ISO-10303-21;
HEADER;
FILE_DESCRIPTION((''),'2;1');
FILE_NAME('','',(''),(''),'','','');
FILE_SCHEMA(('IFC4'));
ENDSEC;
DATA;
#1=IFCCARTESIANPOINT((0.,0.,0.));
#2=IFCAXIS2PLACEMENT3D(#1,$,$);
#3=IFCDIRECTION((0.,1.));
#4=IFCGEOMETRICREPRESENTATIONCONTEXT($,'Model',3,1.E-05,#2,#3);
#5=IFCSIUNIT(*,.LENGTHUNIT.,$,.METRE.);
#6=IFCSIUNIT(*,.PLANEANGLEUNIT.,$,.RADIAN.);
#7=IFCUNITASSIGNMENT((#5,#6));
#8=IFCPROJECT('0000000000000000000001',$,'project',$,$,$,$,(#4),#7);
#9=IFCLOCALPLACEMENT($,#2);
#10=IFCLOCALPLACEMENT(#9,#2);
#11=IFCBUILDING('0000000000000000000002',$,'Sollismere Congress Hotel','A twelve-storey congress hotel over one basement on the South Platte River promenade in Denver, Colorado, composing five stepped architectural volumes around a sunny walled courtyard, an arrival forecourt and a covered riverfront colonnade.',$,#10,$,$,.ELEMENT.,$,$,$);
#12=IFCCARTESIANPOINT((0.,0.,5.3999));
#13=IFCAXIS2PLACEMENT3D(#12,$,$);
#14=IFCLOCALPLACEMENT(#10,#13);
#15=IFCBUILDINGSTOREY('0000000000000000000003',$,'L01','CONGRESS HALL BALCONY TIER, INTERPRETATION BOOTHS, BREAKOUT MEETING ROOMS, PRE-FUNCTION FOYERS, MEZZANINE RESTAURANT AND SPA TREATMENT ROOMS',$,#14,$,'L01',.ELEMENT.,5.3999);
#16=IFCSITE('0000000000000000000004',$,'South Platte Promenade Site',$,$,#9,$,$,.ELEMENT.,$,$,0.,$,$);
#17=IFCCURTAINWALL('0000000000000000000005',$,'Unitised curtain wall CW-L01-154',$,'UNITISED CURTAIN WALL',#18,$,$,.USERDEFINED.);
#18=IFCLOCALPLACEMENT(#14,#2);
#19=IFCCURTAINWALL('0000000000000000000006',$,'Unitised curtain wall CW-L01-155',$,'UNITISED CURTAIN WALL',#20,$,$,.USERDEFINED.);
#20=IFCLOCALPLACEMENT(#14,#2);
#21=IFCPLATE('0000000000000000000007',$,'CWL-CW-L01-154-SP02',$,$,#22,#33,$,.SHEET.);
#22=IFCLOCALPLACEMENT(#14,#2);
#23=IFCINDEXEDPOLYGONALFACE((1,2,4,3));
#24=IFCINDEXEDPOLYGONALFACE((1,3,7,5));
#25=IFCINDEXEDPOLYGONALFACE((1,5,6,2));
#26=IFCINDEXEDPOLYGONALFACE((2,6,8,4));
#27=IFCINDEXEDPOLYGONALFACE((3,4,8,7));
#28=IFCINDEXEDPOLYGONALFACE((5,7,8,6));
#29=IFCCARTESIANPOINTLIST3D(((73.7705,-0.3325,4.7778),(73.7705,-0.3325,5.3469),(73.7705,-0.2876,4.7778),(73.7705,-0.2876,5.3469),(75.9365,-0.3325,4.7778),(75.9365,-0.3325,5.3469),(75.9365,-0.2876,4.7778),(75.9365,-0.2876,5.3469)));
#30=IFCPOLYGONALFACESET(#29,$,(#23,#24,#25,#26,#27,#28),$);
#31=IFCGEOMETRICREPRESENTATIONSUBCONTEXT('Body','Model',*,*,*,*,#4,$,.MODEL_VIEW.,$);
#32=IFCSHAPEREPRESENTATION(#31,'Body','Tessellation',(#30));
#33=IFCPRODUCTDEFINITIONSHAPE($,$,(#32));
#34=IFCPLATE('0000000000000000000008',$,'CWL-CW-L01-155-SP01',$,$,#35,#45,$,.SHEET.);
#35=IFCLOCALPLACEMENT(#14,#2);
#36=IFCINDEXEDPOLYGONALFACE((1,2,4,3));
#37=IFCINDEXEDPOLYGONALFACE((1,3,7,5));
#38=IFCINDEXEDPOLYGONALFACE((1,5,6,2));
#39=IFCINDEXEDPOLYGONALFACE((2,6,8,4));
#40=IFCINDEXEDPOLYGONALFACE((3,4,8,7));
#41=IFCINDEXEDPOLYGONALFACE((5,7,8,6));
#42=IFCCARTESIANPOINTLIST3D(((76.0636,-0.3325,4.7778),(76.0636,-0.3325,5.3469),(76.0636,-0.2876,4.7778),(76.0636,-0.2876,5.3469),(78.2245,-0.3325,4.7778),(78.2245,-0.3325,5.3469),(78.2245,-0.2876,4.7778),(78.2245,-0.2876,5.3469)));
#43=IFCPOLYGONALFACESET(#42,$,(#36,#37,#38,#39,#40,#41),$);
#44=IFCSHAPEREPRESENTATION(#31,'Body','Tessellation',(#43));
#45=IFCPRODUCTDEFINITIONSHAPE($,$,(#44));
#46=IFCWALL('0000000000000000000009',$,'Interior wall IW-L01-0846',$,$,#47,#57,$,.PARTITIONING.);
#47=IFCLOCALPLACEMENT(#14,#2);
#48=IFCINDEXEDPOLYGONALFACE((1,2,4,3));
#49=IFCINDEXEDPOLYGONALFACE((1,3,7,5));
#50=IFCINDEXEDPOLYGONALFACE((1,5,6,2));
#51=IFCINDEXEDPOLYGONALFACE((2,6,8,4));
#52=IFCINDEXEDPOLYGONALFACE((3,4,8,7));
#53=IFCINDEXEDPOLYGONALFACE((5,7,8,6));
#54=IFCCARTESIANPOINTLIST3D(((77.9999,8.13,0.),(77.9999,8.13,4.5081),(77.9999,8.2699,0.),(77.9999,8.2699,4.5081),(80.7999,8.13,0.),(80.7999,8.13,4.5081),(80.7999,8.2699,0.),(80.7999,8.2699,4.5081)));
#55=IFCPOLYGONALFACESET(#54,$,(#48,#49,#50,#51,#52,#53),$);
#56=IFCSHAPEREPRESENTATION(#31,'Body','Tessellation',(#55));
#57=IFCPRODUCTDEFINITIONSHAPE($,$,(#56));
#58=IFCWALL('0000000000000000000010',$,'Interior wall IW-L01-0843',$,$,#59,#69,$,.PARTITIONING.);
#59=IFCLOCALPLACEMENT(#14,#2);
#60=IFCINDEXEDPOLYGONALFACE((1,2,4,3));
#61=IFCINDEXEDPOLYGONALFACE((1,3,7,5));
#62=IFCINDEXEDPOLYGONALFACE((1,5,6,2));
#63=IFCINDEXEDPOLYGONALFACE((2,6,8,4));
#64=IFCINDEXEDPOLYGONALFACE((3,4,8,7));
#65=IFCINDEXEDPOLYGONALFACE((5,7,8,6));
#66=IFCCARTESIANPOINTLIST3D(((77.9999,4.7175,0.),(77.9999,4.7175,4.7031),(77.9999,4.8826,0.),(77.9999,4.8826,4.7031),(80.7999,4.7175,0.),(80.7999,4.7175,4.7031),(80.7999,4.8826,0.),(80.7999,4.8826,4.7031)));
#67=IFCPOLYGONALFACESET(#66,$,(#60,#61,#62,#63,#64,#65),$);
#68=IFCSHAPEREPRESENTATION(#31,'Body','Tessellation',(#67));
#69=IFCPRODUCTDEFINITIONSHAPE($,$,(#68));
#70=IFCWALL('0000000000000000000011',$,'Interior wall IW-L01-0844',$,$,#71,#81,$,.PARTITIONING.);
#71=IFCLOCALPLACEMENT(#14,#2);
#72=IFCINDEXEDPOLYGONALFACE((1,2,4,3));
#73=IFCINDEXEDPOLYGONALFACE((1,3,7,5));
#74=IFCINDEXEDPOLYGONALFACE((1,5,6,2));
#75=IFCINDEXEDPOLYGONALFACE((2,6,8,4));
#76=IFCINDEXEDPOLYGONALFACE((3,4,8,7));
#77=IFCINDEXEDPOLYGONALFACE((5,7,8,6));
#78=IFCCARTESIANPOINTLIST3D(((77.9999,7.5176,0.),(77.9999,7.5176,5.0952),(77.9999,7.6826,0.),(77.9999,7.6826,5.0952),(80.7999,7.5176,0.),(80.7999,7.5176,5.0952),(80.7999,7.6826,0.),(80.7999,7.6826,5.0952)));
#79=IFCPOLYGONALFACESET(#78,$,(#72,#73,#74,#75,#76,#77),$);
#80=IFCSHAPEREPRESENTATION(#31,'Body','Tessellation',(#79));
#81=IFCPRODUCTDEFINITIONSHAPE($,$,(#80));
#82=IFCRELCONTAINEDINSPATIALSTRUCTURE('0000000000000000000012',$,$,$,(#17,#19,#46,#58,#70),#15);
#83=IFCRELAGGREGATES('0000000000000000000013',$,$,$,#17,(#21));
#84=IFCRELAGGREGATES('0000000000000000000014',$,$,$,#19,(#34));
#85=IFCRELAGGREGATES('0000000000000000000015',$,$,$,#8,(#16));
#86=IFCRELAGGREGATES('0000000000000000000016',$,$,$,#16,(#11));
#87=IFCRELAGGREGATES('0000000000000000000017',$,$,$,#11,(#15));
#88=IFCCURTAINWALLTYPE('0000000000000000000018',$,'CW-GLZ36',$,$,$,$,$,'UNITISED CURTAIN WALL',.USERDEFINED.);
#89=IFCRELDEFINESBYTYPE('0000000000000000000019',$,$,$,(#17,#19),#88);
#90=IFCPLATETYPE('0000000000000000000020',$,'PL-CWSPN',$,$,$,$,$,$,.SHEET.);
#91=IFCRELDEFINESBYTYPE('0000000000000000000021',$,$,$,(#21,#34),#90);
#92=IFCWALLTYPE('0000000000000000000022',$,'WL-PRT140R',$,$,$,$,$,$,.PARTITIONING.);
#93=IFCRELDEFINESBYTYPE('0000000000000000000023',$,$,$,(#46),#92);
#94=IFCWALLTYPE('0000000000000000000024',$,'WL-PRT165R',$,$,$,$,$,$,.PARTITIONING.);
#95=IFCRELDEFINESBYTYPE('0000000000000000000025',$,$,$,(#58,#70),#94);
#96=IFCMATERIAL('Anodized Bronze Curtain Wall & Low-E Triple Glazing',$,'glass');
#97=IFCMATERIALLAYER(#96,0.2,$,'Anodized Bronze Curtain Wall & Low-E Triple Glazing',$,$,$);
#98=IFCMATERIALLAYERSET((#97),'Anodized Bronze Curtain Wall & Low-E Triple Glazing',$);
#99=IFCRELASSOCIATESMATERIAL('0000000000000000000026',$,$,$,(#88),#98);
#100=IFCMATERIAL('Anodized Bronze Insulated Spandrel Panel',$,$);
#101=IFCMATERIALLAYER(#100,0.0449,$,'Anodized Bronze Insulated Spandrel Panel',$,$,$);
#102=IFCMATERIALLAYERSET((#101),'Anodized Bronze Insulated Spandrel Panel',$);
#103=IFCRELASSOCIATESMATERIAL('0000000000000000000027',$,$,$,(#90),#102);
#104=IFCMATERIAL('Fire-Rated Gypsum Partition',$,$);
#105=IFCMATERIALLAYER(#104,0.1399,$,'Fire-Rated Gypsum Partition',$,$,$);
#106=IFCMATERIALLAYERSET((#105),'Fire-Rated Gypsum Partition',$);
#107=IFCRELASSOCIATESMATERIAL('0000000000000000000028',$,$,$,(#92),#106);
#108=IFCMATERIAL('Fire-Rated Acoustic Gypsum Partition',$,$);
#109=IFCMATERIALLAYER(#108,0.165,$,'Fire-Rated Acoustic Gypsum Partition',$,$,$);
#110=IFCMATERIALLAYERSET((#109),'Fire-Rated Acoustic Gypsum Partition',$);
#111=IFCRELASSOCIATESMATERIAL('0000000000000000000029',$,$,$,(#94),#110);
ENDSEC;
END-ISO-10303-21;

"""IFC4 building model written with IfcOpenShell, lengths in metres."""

from ifc_helpers import new_model, si_unit, direction, frame, frame_2d, origin, origin_2d, place, context, subcontext, project, spatial, rectangle, extrude, material, layer, layer_set, type_object, element, aggregate, save


model = new_model("IFC4")

# Units and contexts
model_context = context("Model", 3, precision=1e-05, world=origin(), true_north=direction((0.0, 1.0)))
body_context = subcontext(model_context, "Body", "Model", "MODEL_VIEW")
ifc_project = project(units=[si_unit("LENGTHUNIT", "METRE"), si_unit("PLANEANGLEUNIT", "RADIAN")], contexts=[model_context])

# Site, building, storey
site_placement = place(None, origin())
site = spatial("IfcSite", under=ifc_project, at=site_placement, Name="South Platte Promenade Site", CompositionType="ELEMENT", RefElevation=0.0)
building_placement = place(site_placement, origin())
building = spatial("IfcBuilding", under=site, at=building_placement, Name="Sollismere Congress Hotel", Description="A twelve-storey congress hotel over one basement on the South Platte River promenade in Denver, Colorado, composing five stepped architectural volumes around a sunny walled courtyard, an arrival forecourt and a covered riverfront colonnade.", CompositionType="ELEMENT")
storey_placement = place(building_placement, frame((0.0, 0.0, 5.3999)))
storey = spatial("IfcBuildingStorey", under=building, at=storey_placement, Name="L01", Description="CONGRESS HALL BALCONY TIER, INTERPRETATION BOOTHS, BREAKOUT MEETING ROOMS, PRE-FUNCTION FOYERS, MEZZANINE RESTAURANT AND SPA TREATMENT ROOMS", LongName="L01", CompositionType="ELEMENT", Elevation=5.3999)

# Curtain walls
ifc_material_1 = material(Name="Anodized Bronze Curtain Wall & Low-E Triple Glazing", Category="glass")
ifc_layer_1 = layer(ifc_material_1, 0.2, Name="Anodized Bronze Curtain Wall & Low-E Triple Glazing")
ifc_layer_set_1 = layer_set([ifc_layer_1], Name="Anodized Bronze Curtain Wall & Low-E Triple Glazing")
curtain_wall_type = type_object("IfcCurtainWallType", Name="CW-GLZ36", ElementType="UNITISED CURTAIN WALL", PredefinedType="USERDEFINED", material=ifc_layer_set_1)
curtain_wall_1_placement = place(storey_placement, origin())
curtain_wall_1 = element("IfcCurtainWall", 1, at=curtain_wall_1_placement, inside=storey, type_object=curtain_wall_type, Name="Unitised curtain wall CW-L01-154", ObjectType="UNITISED CURTAIN WALL", PredefinedType="USERDEFINED")
curtain_wall_2_placement = place(storey_placement, origin())
curtain_wall_2 = element("IfcCurtainWall", 2, at=curtain_wall_2_placement, inside=storey, type_object=curtain_wall_type, Name="Unitised curtain wall CW-L01-155", ObjectType="UNITISED CURTAIN WALL", PredefinedType="USERDEFINED")

# Plates
ifc_material_2 = material(Name="Anodized Bronze Insulated Spandrel Panel")
ifc_layer_2 = layer(ifc_material_2, 0.0449, Name="Anodized Bronze Insulated Spandrel Panel")
ifc_layer_set_2 = layer_set([ifc_layer_2], Name="Anodized Bronze Insulated Spandrel Panel")
plate_type_1 = type_object("IfcPlateType", Name="PL-CWSPN", PredefinedType="SHEET", material=ifc_layer_set_2)
plate_1_placement = place(storey_placement, frame((74.8535, -0.3101, 4.7778), z_axis=(0.0, 0.0, 1.0), x_axis=(1.0, 0.0, 0.0)))
plate_1 = element("IfcPlate", 3, at=plate_1_placement, type_object=plate_type_1, Name="CWL-CW-L01-154-SP02", PredefinedType="SHEET", context=body_context, shape_type="SweptSolid", body=[
    extrude(rectangle(XDim=2.166, YDim=0.0449, at=origin_2d()), origin(), (0.0, 0.0, 1.0), 0.5691),
])
aggregate(curtain_wall_1, [plate_1])
plate_2_placement = place(storey_placement, frame((77.144, -0.3101, 4.7778), z_axis=(0.0, 0.0, 1.0), x_axis=(1.0, 0.0, 0.0)))
plate_2 = element("IfcPlate", 4, at=plate_2_placement, type_object=plate_type_1, Name="CWL-CW-L01-155-SP01", PredefinedType="SHEET", context=body_context, shape_type="SweptSolid", body=[
    extrude(rectangle(XDim=2.1609, YDim=0.0449, at=origin_2d()), origin(), (0.0, 0.0, 1.0), 0.5691),
])
aggregate(curtain_wall_2, [plate_2])

# Walls
ifc_material_3 = material(Name="Fire-Rated Gypsum Partition")
ifc_layer_3 = layer(ifc_material_3, 0.1399, Name="Fire-Rated Gypsum Partition")
ifc_layer_set_3 = layer_set([ifc_layer_3], Name="Fire-Rated Gypsum Partition")
wall_type_1 = type_object("IfcWallType", Name="WL-PRT140R", PredefinedType="PARTITIONING", material=ifc_layer_set_3)
wall_1_placement = place(storey_placement, frame((78.0, 8.2, 0.0), z_axis=(0.0, 0.0, 1.0), x_axis=(1.0, 0.0, 0.0)))
element("IfcWall", 5, at=wall_1_placement, inside=storey, type_object=wall_type_1, Name="Interior wall IW-L01-0846", PredefinedType="PARTITIONING", context=body_context, shape_type="SweptSolid", body=[
    extrude(rectangle(XDim=2.8, YDim=0.1399, at=frame_2d((1.3999, 0.0))), origin(), (0.0, 0.0, 1.0), 4.5081),
])
ifc_material_4 = material(Name="Fire-Rated Acoustic Gypsum Partition")
ifc_layer_4 = layer(ifc_material_4, 0.165, Name="Fire-Rated Acoustic Gypsum Partition")
ifc_layer_set_4 = layer_set([ifc_layer_4], Name="Fire-Rated Acoustic Gypsum Partition")
wall_type_2 = type_object("IfcWallType", Name="WL-PRT165R", PredefinedType="PARTITIONING", material=ifc_layer_set_4)
wall_2_placement = place(storey_placement, frame((78.0, 4.8, 0.0), z_axis=(0.0, 0.0, 1.0), x_axis=(1.0, 0.0, 0.0)))
element("IfcWall", 6, at=wall_2_placement, inside=storey, type_object=wall_type_2, Name="Interior wall IW-L01-0843", PredefinedType="PARTITIONING", context=body_context, shape_type="SweptSolid", body=[
    extrude(rectangle(XDim=2.8, YDim=0.165, at=frame_2d((1.3999, 0.0))), origin(), (0.0, 0.0, 1.0), 4.7031),
])
wall_3_placement = place(storey_placement, frame((78.0, 7.6001, 0.0), z_axis=(0.0, 0.0, 1.0), x_axis=(1.0, 0.0, 0.0)))
element("IfcWall", 7, at=wall_3_placement, inside=storey, type_object=wall_type_2, Name="Interior wall IW-L01-0844", PredefinedType="PARTITIONING", context=body_context, shape_type="SweptSolid", body=[
    extrude(rectangle(XDim=2.8, YDim=0.165, at=frame_2d((1.3999, 0.0))), origin(), (0.0, 0.0, 1.0), 5.0952),
])

save(model, "model.ifc")
